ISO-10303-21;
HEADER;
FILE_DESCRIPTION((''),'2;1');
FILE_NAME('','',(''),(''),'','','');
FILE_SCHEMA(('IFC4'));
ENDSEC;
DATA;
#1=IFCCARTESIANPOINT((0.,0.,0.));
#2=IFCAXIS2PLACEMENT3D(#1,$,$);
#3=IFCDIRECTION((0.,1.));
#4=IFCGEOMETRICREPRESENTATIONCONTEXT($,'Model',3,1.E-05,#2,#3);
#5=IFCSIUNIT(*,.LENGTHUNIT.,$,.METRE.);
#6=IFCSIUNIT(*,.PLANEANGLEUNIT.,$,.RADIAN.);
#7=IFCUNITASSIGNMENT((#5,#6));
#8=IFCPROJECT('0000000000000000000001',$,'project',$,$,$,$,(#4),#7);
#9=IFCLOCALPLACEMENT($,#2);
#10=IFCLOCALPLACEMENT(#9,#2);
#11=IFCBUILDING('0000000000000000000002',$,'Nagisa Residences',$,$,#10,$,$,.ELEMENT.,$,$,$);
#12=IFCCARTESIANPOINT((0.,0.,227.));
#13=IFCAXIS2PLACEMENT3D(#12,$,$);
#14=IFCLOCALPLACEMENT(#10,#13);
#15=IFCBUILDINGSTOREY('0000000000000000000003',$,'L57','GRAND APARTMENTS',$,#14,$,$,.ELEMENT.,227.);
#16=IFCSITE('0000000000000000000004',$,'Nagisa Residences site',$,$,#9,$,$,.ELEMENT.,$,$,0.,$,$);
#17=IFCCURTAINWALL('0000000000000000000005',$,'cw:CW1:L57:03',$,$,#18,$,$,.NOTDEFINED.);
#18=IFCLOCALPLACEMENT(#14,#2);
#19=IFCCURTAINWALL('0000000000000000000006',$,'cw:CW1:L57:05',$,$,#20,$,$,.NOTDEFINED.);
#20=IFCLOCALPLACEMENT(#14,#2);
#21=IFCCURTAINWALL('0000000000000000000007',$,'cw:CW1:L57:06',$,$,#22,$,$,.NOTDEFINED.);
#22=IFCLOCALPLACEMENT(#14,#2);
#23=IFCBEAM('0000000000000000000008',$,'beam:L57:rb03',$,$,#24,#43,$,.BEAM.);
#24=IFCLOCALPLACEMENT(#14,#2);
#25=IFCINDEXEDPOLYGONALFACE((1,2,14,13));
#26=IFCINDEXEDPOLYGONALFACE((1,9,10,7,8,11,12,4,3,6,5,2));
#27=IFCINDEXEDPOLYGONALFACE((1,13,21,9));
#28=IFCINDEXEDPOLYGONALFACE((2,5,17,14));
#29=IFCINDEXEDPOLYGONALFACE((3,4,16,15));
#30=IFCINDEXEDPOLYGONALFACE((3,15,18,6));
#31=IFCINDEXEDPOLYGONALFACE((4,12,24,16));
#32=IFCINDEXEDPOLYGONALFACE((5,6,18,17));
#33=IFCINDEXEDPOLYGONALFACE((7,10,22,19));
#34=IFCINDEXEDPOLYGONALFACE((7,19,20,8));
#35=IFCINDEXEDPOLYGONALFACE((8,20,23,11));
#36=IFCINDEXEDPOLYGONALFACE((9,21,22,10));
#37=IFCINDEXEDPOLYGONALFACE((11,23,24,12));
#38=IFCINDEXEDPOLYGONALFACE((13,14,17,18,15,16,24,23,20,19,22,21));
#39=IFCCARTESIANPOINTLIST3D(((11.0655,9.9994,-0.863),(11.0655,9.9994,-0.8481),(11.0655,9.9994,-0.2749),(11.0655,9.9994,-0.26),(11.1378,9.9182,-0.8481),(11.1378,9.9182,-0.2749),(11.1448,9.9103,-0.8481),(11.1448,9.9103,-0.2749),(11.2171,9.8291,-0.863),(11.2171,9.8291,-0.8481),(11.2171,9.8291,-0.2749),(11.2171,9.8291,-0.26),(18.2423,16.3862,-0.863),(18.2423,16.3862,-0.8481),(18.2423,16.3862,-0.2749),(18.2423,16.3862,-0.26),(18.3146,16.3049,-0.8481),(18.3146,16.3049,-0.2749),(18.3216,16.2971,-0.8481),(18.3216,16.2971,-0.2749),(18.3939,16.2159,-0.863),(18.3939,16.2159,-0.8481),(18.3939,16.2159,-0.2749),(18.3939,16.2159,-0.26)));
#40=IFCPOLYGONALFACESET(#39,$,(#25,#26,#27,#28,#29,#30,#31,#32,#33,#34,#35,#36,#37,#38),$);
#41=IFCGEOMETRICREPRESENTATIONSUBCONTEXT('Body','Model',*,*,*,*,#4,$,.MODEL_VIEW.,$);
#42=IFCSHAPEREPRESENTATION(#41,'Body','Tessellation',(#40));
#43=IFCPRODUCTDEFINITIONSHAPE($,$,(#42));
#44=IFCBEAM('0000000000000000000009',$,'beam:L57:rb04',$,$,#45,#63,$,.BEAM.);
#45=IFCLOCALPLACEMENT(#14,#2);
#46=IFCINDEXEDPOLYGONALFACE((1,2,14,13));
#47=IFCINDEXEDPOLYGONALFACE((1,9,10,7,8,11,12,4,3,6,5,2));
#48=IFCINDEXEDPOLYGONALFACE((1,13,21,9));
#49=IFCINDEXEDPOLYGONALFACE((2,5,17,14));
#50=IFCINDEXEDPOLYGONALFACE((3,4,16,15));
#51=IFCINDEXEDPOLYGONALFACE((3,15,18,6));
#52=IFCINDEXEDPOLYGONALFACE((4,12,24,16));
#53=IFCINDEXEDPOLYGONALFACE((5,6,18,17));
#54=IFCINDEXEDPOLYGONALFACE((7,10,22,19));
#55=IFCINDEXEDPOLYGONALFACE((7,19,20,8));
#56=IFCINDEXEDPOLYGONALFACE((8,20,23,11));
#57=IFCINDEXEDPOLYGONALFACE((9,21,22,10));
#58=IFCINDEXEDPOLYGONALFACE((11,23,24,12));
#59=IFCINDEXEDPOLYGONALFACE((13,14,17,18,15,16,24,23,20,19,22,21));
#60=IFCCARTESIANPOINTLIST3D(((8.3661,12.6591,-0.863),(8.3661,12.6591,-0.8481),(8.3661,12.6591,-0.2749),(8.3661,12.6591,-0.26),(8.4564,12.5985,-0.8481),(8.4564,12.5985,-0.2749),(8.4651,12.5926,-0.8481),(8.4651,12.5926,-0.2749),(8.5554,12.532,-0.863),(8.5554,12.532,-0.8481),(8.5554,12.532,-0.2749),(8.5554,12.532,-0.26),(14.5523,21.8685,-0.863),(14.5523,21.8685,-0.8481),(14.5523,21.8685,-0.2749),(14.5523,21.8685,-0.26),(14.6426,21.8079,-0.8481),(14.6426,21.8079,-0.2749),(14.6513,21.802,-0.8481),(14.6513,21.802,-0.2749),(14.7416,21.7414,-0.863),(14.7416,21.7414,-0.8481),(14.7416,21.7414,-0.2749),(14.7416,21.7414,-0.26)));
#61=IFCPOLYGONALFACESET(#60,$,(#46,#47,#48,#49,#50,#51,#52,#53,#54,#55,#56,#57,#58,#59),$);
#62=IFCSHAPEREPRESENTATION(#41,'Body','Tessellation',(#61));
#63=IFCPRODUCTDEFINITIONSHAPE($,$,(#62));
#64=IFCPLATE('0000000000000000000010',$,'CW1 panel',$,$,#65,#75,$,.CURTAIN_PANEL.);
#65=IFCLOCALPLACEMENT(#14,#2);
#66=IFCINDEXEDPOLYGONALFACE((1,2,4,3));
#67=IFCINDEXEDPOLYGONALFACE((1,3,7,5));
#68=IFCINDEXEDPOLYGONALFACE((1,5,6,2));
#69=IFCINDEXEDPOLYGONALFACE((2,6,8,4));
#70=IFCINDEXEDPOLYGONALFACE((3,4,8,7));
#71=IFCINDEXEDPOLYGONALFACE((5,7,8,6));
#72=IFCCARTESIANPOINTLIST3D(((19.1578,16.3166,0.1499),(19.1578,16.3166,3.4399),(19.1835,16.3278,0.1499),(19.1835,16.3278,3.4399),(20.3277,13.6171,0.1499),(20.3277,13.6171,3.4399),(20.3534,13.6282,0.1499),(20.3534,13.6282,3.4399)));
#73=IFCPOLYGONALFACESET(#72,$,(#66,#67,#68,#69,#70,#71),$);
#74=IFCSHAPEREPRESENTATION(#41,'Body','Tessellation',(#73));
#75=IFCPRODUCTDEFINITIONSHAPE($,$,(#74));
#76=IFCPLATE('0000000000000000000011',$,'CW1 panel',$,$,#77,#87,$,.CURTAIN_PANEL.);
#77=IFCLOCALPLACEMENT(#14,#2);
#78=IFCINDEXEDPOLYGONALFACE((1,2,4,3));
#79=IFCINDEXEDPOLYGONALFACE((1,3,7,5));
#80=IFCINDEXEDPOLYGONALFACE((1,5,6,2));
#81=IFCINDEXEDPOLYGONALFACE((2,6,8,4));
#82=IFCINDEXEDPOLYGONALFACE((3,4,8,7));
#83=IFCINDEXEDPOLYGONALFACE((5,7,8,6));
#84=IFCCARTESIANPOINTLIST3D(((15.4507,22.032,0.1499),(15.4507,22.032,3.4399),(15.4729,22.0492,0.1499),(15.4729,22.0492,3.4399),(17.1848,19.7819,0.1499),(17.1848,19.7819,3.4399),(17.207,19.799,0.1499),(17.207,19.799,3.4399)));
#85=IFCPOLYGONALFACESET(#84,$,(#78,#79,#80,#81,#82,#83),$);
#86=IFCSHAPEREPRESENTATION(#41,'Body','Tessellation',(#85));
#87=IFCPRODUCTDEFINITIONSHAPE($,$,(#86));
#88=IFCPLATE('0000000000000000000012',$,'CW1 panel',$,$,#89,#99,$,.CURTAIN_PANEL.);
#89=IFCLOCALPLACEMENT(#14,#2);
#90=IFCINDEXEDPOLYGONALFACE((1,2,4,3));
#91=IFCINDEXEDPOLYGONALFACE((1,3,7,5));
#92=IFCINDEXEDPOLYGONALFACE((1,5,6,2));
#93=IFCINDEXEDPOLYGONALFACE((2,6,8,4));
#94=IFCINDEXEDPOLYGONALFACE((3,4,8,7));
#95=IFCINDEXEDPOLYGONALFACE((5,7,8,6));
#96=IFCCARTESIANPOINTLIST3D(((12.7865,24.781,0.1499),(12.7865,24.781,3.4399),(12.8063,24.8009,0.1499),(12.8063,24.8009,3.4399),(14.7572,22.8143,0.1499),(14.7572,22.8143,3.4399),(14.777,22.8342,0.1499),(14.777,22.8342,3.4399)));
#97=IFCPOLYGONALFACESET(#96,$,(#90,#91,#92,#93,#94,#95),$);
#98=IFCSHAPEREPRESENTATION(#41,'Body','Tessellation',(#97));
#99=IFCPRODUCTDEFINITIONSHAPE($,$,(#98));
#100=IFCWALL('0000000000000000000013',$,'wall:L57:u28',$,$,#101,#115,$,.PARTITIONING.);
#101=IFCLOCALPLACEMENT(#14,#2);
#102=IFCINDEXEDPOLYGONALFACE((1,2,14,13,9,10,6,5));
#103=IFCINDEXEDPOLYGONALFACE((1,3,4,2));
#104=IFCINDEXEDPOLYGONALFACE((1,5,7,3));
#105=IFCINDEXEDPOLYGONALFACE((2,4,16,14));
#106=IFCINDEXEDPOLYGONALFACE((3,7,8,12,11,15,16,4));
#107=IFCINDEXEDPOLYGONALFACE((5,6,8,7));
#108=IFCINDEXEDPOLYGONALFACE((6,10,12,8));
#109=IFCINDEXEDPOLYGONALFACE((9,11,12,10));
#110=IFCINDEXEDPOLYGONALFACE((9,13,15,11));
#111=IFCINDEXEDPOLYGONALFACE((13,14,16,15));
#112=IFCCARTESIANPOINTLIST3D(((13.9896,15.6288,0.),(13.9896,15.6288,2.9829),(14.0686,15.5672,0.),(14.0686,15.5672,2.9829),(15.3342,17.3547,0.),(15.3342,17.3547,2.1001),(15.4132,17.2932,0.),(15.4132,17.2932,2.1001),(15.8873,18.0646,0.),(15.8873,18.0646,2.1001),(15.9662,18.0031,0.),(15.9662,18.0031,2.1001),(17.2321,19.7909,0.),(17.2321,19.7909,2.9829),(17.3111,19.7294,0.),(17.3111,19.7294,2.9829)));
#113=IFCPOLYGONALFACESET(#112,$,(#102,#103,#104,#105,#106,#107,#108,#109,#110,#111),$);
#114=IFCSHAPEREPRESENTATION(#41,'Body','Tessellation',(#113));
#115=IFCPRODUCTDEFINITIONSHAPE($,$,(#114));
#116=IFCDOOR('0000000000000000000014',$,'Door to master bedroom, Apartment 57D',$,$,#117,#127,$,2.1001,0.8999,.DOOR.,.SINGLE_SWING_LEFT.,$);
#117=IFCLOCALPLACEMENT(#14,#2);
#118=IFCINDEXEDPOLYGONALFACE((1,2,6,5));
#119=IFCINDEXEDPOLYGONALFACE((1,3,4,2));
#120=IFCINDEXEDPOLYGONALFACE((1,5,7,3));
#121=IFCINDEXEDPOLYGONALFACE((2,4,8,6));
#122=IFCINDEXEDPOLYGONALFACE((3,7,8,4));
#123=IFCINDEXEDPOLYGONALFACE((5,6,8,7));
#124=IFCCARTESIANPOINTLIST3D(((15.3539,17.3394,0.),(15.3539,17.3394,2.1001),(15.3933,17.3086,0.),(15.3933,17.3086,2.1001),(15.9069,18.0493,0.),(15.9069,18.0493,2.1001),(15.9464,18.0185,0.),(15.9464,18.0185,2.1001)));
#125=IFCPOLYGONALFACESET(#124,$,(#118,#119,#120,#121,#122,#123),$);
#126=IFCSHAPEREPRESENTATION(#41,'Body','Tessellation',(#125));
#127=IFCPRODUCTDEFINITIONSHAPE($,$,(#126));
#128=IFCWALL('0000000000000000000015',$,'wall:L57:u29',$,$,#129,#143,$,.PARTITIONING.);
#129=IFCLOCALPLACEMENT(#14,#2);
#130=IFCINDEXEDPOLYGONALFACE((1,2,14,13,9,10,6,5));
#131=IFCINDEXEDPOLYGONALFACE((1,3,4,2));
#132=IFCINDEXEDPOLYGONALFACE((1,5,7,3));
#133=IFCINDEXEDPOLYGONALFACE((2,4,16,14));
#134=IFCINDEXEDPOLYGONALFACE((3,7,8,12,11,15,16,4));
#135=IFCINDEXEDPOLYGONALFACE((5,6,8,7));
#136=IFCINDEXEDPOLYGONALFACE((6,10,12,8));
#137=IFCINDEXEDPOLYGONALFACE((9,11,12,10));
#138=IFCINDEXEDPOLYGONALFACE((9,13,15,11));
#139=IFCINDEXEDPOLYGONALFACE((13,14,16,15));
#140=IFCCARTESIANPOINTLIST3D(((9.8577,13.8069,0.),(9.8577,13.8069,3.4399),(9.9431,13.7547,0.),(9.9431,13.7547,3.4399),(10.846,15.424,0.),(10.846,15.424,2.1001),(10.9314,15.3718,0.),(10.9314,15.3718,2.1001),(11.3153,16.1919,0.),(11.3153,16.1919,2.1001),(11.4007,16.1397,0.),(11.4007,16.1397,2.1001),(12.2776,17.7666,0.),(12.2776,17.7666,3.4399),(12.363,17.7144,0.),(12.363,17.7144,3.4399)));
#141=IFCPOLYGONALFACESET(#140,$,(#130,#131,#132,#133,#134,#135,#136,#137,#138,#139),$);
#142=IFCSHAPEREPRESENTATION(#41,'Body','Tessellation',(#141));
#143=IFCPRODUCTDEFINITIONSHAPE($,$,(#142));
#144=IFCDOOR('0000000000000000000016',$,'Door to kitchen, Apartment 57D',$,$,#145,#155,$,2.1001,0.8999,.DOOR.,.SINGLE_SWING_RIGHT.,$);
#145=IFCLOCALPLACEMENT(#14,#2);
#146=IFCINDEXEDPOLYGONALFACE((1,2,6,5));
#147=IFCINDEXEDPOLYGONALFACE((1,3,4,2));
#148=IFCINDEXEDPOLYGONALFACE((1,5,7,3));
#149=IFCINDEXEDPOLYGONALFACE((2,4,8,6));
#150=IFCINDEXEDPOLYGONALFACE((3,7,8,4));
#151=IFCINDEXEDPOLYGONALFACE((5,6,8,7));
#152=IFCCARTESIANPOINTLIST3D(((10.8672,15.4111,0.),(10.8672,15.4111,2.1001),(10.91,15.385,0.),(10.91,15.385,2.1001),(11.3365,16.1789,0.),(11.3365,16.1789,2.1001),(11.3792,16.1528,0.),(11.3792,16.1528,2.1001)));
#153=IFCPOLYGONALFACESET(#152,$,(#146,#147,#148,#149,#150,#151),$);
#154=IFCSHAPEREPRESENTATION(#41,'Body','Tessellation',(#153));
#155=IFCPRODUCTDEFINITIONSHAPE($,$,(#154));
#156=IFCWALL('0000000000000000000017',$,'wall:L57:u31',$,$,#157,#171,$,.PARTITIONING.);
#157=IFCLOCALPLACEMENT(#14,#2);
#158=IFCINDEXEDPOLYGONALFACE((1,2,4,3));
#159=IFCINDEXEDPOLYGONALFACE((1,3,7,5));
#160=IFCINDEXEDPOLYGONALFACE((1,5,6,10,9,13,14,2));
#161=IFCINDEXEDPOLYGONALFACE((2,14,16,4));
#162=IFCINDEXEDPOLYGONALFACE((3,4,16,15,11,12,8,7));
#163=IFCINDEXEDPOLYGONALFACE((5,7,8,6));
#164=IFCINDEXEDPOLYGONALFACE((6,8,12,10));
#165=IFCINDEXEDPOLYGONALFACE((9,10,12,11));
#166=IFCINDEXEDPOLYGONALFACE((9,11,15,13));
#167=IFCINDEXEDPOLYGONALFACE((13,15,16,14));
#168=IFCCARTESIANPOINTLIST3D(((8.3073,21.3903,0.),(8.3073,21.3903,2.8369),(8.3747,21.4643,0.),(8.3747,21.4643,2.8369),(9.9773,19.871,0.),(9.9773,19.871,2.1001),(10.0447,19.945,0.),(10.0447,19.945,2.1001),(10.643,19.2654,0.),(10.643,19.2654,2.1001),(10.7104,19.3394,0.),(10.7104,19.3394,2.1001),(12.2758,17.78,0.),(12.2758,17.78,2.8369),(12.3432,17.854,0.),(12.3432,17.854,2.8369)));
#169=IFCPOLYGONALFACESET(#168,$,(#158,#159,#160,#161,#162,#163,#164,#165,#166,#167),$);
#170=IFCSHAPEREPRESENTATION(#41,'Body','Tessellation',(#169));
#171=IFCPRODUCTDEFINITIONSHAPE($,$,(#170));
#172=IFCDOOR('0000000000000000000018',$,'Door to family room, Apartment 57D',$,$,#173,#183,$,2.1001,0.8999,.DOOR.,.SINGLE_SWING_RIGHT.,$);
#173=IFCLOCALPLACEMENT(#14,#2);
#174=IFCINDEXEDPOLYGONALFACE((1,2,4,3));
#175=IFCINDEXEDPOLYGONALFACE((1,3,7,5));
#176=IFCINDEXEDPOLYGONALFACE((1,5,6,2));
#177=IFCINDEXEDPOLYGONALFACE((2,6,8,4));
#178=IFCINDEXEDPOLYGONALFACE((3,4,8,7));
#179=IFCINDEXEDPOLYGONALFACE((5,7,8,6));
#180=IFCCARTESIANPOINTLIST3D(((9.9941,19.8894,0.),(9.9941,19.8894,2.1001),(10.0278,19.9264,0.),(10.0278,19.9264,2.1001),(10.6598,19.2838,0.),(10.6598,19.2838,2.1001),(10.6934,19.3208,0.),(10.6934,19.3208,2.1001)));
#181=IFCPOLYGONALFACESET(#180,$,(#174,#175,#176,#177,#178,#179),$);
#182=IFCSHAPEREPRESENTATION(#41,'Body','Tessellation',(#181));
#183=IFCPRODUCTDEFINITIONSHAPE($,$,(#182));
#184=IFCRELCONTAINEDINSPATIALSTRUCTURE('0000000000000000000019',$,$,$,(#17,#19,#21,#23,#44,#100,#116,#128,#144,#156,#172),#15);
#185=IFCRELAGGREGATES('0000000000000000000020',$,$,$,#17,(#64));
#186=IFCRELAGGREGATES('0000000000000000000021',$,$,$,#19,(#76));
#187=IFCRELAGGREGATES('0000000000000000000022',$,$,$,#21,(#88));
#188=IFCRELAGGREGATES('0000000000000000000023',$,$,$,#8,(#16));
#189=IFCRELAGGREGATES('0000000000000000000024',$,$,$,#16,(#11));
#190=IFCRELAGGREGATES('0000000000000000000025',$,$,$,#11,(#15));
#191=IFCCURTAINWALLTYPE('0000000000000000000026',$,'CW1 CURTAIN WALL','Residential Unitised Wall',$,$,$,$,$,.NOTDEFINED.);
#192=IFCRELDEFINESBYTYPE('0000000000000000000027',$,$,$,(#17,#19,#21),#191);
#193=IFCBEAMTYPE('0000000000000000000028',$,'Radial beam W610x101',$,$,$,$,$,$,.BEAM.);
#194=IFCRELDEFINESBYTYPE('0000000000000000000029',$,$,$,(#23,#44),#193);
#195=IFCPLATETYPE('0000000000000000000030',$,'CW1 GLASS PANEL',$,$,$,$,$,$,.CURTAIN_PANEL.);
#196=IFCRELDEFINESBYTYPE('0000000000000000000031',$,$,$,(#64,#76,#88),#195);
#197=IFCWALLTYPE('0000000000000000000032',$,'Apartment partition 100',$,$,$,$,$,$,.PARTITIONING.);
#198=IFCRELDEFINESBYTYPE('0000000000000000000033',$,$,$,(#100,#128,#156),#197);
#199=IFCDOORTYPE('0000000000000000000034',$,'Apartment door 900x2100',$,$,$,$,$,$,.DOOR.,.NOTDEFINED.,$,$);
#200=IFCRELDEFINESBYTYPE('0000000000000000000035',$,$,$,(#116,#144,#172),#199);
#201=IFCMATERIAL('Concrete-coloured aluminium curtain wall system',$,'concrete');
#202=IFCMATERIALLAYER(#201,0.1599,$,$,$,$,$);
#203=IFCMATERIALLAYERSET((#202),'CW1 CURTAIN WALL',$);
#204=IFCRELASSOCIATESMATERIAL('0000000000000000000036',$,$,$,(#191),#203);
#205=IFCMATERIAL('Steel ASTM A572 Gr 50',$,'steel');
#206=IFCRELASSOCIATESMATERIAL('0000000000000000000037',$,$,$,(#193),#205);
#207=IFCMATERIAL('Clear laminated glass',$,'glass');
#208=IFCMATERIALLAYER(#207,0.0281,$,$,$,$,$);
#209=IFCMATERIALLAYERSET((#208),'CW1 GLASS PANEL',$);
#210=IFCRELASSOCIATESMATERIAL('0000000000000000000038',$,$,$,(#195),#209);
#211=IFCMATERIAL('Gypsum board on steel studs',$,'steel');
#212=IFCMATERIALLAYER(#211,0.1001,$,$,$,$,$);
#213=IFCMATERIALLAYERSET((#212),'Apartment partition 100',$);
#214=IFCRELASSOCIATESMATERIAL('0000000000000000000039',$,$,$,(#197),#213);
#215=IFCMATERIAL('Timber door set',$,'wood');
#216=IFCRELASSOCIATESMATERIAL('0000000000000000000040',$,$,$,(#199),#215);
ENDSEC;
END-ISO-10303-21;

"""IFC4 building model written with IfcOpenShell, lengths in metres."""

from ifc_helpers import new_model, si_unit, direction, frame, frame_2d, origin, origin_2d, place, context, subcontext, project, spatial, rectangle, i_section, extrude, material, layer, layer_set, material_profile, profile_set, type_object, element, fill, aggregate, save


model = new_model("IFC4")

# Units and contexts
model_context = context("Model", 3, precision=1e-05, world=origin(), true_north=direction((0.0, 1.0)))
body_context = subcontext(model_context, "Body", "Model", "MODEL_VIEW")
ifc_project = project(units=[si_unit("LENGTHUNIT", "METRE"), si_unit("PLANEANGLEUNIT", "RADIAN")], contexts=[model_context])

# Site, building, storey
site_placement = place(None, origin())
site = spatial("IfcSite", under=ifc_project, at=site_placement, Name="Nagisa Residences site", CompositionType="ELEMENT", RefElevation=0.0)
building_placement = place(site_placement, origin())
building = spatial("IfcBuilding", under=site, at=building_placement, Name="Nagisa Residences", CompositionType="ELEMENT")
storey_placement = place(building_placement, frame((0.0, 0.0, 227.0)))
storey = spatial("IfcBuildingStorey", under=building, at=storey_placement, Name="L57", Description="GRAND APARTMENTS", CompositionType="ELEMENT", Elevation=227.0)

# Curtain walls
ifc_material_1 = material(Name="Concrete-coloured aluminium curtain wall system", Category="concrete")
ifc_layer_1 = layer(ifc_material_1, 0.1599)
ifc_layer_set_1 = layer_set([ifc_layer_1], Name="CW1 CURTAIN WALL")
curtain_wall_type = type_object("IfcCurtainWallType", Name="CW1 CURTAIN WALL", Description="Residential Unitised Wall", PredefinedType="NOTDEFINED", material=ifc_layer_set_1)
curtain_wall_1_placement = place(storey_placement, origin())
curtain_wall_1 = element("IfcCurtainWall", 1, at=curtain_wall_1_placement, inside=storey, type_object=curtain_wall_type, Name="cw:CW1:L57:03", PredefinedType="NOTDEFINED")
curtain_wall_2_placement = place(storey_placement, origin())
curtain_wall_2 = element("IfcCurtainWall", 2, at=curtain_wall_2_placement, inside=storey, type_object=curtain_wall_type, Name="cw:CW1:L57:05", PredefinedType="NOTDEFINED")
curtain_wall_3_placement = place(storey_placement, origin())
curtain_wall_3 = element("IfcCurtainWall", 3, at=curtain_wall_3_placement, inside=storey, type_object=curtain_wall_type, Name="cw:CW1:L57:06", PredefinedType="NOTDEFINED")

# Beams
ifc_material_2 = material(Name="Steel ASTM A572 Gr 50", Category="steel")
ifc_material_profile_1 = material_profile(ifc_material_2, i_section(OverallWidth=0.228, OverallDepth=0.603, WebThickness=0.0105, FlangeThickness=0.0149, at=origin_2d()), Name="W610x101")
ifc_profile_set_1 = profile_set([ifc_material_profile_1], Name="Steel ASTM A572 Gr 50")
beam_type_1 = type_object("IfcBeamType", Name="Radial beam W610x101", PredefinedType="BEAM", material=ifc_profile_set_1)
beam_1_placement = place(storey_placement, frame((18.3181, 16.301, -0.5615), z_axis=(-0.747028, -0.664793, 0.0), x_axis=(0.664793, -0.747028, 0.0)))
element("IfcBeam", 4, at=beam_1_placement, inside=storey, type_object=beam_type_1, Name="beam:L57:rb03", PredefinedType="BEAM", context=body_context, shape_type="SweptSolid", body=[
    extrude(i_section(OverallWidth=0.228, OverallDepth=0.603, WebThickness=0.0105, FlangeThickness=0.0149, at=origin_2d()), origin(), (0.0, 0.0, 1.0), 9.6072),
])
beam_2_placement = place(storey_placement, frame((14.647, 21.8049, -0.5615), z_axis=(-0.557607, -0.830105, 0.0), x_axis=(0.830105, -0.557607, 0.0)))
element("IfcBeam", 5, at=beam_2_placement, inside=storey, type_object=beam_type_1, Name="beam:L57:rb04", PredefinedType="BEAM", context=body_context, shape_type="SweptSolid", body=[
    extrude(i_section(OverallWidth=0.228, OverallDepth=0.603, WebThickness=0.0105, FlangeThickness=0.0149, at=origin_2d()), origin(), (0.0, 0.0, 1.0), 11.0942),
])

# Plates
ifc_material_3 = material(Name="Clear laminated glass", Category="glass")
ifc_layer_2 = layer(ifc_material_3, 0.0281)
ifc_layer_set_2 = layer_set([ifc_layer_2], Name="CW1 GLASS PANEL")
plate_type = type_object("IfcPlateType", Name="CW1 GLASS PANEL", PredefinedType="CURTAIN_PANEL", material=ifc_layer_set_2)
plate_1_placement = place(storey_placement, frame((19.7556, 14.9724, 0.1499), z_axis=(0.0, 0.0, 1.0), x_axis=(-0.397636, 0.917543, 0.0)))
plate_1 = element("IfcPlate", 6, at=plate_1_placement, type_object=plate_type, Name="CW1 panel", PredefinedType="CURTAIN_PANEL", context=body_context, shape_type="SweptSolid", body=[
    extrude(rectangle(XDim=2.9421, YDim=0.0281, at=origin_2d()), origin(), (0.0, 0.0, 1.0), 3.29),
])
aggregate(curtain_wall_1, [plate_1])
plate_2_placement = place(storey_placement, frame((16.3289, 20.9155, 0.1499), z_axis=(0.0, 0.0, 1.0), x_axis=(-0.61043, 0.79207, 0.0)))
plate_2 = element("IfcPlate", 7, at=plate_2_placement, type_object=plate_type, Name="CW1 panel", PredefinedType="CURTAIN_PANEL", context=body_context, shape_type="SweptSolid", body=[
    extrude(rectangle(XDim=2.8408, YDim=0.0281, at=origin_2d()), origin(), (0.0, 0.0, 1.0), 3.29),
])
aggregate(curtain_wall_2, [plate_2])
plate_3_placement = place(storey_placement, frame((13.7817, 23.8076, 0.1499), z_axis=(0.0, 0.0, 1.0), x_axis=(-0.707836, 0.706377, 0.0)))
plate_3 = element("IfcPlate", 8, at=plate_3_placement, type_object=plate_type, Name="CW1 panel", PredefinedType="CURTAIN_PANEL", context=body_context, shape_type="SweptSolid", body=[
    extrude(rectangle(XDim=2.7842, YDim=0.0281, at=origin_2d()), origin(), (0.0, 0.0, 1.0), 3.29),
])
aggregate(curtain_wall_3, [plate_3])

# Walls, openings, doors
ifc_material_4 = material(Name="Gypsum board on steel studs", Category="steel")
ifc_layer_3 = layer(ifc_material_4, 0.1001)
ifc_layer_set_3 = layer_set([ifc_layer_3], Name="Apartment partition 100")
wall_type_1 = type_object("IfcWallType", Name="Apartment partition 100", PredefinedType="PARTITIONING", material=ifc_layer_set_3)
wall_1_placement = place(storey_placement, frame((14.0291, 15.5979, 0.0), z_axis=(0.0, 0.0, 1.0), x_axis=(0.614559, 0.788871, 0.0)))
wall_1 = element("IfcWall", 9, at=wall_1_placement, inside=storey, type_object=wall_type_1, Name="wall:L57:u28", PredefinedType="PARTITIONING", context=body_context, shape_type="SweptSolid", body=[
    extrude(rectangle(XDim=5.2761, YDim=0.1001, at=frame_2d((2.6382, 0.0))), origin(), (0.0, 0.0, 1.0), 2.9829),
])
opening_1_placement = place(wall_1_placement, frame((2.188, 0.0, 0.0)))
opening_1 = element("IfcOpeningElement", 10, at=opening_1_placement, cuts=wall_1, PredefinedType="OPENING", context=body_context, shape_type="SweptSolid", body=[
    extrude(rectangle(XDim=0.8999, YDim=2.1001, at=frame_2d((0.45, 1.05))), frame((0.0, 0.0601, 0.0), z_axis=(0.0, -1.0, 0.0), x_axis=(1.0, 0.0, 0.0)), (0.0, 0.0, 1.0), 0.1201),
])
ifc_material_5 = material(Name="Timber door set", Category="wood")
door_type_1 = type_object("IfcDoorType", Name="Apartment door 900x2100", OperationType="NOTDEFINED", PredefinedType="DOOR", material=ifc_material_5)
door_1_placement = place(opening_1_placement, frame((0.8999, 0.0, 0.0), x_axis=(-1.0, 0.0, 0.0)))
door_1 = element("IfcDoor", 11, at=door_1_placement, inside=storey, type_object=door_type_1, Name="Door to master bedroom, Apartment 57D", OperationType="SINGLE_SWING_LEFT", OverallHeight=2.1001, OverallWidth=0.8999, PredefinedType="DOOR", context=body_context, shape_type="SweptSolid", body=[
    extrude(rectangle(XDim=0.8999, YDim=2.1001, at=frame_2d((0.45, 1.05))), frame((0.0, 0.0249, 0.0), z_axis=(0.0, -1.0, 0.0), x_axis=(1.0, 0.0, 0.0)), (0.0, 0.0, 1.0), 0.05),
])
fill(opening_1, door_1)
wall_2_placement = place(storey_placement, frame((9.9004, 13.7808, 0.0), z_axis=(0.0, 0.0, 1.0), x_axis=(0.521465, 0.853273, 0.0)))
wall_2 = element("IfcWall", 12, at=wall_2_placement, inside=storey, type_object=wall_type_1, Name="wall:L57:u29", PredefinedType="PARTITIONING", context=body_context, shape_type="SweptSolid", body=[
    extrude(rectangle(XDim=4.6406, YDim=0.1001, at=frame_2d((2.3203, 0.0))), origin(), (0.0, 0.0, 1.0), 3.4399),
])
opening_2_placement = place(wall_2_placement, frame((1.8953, 0.0, 0.0)))
opening_2 = element("IfcOpeningElement", 13, at=opening_2_placement, cuts=wall_2, PredefinedType="OPENING", context=body_context, shape_type="SweptSolid", body=[
    extrude(rectangle(XDim=0.8999, YDim=2.1001, at=frame_2d((0.45, 1.05))), frame((0.0, 0.0601, 0.0), z_axis=(0.0, -1.0, 0.0), x_axis=(1.0, 0.0, 0.0)), (0.0, 0.0, 1.0), 0.1201),
])
door_2_placement = place(opening_2_placement, frame((0.8999, 0.0, 0.0), x_axis=(-1.0, 0.0, 0.0)))
door_2 = element("IfcDoor", 14, at=door_2_placement, inside=storey, type_object=door_type_1, Name="Door to kitchen, Apartment 57D", OperationType="SINGLE_SWING_RIGHT", OverallHeight=2.1001, OverallWidth=0.8999, PredefinedType="DOOR", context=body_context, shape_type="SweptSolid", body=[
    extrude(rectangle(XDim=0.8999, YDim=2.1001, at=frame_2d((0.45, 1.05))), frame((0.0, 0.0249, 0.0), z_axis=(0.0, -1.0, 0.0), x_axis=(1.0, 0.0, 0.0)), (0.0, 0.0, 1.0), 0.05),
])
fill(opening_2, door_2)
wall_3_placement = place(storey_placement, frame((12.3096, 17.8169, 0.0), z_axis=(0.0, 0.0, 1.0), x_axis=(-0.739697, 0.67294, 0.0)))
wall_3 = element("IfcWall", 15, at=wall_3_placement, inside=storey, type_object=wall_type_1, Name="wall:L57:u31", PredefinedType="PARTITIONING", context=body_context, shape_type="SweptSolid", body=[
    extrude(rectangle(XDim=5.365, YDim=0.1001, at=frame_2d((2.6826, 0.0))), origin(), (0.0, 0.0, 1.0), 2.8369),
])
opening_3_placement = place(wall_3_placement, frame((2.2075, 0.0, 0.0)))
opening_3 = element("IfcOpeningElement", 16, at=opening_3_placement, cuts=wall_3, PredefinedType="OPENING", context=body_context, shape_type="SweptSolid", body=[
    extrude(rectangle(XDim=0.8999, YDim=2.1001, at=frame_2d((0.45, 1.05))), frame((0.0, 0.0601, 0.0), z_axis=(0.0, -1.0, 0.0), x_axis=(1.0, 0.0, 0.0)), (0.0, 0.0, 1.0), 0.1201),
])
door_3_placement = place(opening_3_placement, frame((0.8999, 0.0, 0.0), x_axis=(-1.0, 0.0, 0.0)))
door_3 = element("IfcDoor", 17, at=door_3_placement, inside=storey, type_object=door_type_1, Name="Door to family room, Apartment 57D", OperationType="SINGLE_SWING_RIGHT", OverallHeight=2.1001, OverallWidth=0.8999, PredefinedType="DOOR", context=body_context, shape_type="SweptSolid", body=[
    extrude(rectangle(XDim=0.8999, YDim=2.1001, at=frame_2d((0.45, 1.05))), frame((0.0, 0.0249, 0.0), z_axis=(0.0, -1.0, 0.0), x_axis=(1.0, 0.0, 0.0)), (0.0, 0.0, 1.0), 0.05),
])
fill(opening_3, door_3)

save(model, "model.ifc")
